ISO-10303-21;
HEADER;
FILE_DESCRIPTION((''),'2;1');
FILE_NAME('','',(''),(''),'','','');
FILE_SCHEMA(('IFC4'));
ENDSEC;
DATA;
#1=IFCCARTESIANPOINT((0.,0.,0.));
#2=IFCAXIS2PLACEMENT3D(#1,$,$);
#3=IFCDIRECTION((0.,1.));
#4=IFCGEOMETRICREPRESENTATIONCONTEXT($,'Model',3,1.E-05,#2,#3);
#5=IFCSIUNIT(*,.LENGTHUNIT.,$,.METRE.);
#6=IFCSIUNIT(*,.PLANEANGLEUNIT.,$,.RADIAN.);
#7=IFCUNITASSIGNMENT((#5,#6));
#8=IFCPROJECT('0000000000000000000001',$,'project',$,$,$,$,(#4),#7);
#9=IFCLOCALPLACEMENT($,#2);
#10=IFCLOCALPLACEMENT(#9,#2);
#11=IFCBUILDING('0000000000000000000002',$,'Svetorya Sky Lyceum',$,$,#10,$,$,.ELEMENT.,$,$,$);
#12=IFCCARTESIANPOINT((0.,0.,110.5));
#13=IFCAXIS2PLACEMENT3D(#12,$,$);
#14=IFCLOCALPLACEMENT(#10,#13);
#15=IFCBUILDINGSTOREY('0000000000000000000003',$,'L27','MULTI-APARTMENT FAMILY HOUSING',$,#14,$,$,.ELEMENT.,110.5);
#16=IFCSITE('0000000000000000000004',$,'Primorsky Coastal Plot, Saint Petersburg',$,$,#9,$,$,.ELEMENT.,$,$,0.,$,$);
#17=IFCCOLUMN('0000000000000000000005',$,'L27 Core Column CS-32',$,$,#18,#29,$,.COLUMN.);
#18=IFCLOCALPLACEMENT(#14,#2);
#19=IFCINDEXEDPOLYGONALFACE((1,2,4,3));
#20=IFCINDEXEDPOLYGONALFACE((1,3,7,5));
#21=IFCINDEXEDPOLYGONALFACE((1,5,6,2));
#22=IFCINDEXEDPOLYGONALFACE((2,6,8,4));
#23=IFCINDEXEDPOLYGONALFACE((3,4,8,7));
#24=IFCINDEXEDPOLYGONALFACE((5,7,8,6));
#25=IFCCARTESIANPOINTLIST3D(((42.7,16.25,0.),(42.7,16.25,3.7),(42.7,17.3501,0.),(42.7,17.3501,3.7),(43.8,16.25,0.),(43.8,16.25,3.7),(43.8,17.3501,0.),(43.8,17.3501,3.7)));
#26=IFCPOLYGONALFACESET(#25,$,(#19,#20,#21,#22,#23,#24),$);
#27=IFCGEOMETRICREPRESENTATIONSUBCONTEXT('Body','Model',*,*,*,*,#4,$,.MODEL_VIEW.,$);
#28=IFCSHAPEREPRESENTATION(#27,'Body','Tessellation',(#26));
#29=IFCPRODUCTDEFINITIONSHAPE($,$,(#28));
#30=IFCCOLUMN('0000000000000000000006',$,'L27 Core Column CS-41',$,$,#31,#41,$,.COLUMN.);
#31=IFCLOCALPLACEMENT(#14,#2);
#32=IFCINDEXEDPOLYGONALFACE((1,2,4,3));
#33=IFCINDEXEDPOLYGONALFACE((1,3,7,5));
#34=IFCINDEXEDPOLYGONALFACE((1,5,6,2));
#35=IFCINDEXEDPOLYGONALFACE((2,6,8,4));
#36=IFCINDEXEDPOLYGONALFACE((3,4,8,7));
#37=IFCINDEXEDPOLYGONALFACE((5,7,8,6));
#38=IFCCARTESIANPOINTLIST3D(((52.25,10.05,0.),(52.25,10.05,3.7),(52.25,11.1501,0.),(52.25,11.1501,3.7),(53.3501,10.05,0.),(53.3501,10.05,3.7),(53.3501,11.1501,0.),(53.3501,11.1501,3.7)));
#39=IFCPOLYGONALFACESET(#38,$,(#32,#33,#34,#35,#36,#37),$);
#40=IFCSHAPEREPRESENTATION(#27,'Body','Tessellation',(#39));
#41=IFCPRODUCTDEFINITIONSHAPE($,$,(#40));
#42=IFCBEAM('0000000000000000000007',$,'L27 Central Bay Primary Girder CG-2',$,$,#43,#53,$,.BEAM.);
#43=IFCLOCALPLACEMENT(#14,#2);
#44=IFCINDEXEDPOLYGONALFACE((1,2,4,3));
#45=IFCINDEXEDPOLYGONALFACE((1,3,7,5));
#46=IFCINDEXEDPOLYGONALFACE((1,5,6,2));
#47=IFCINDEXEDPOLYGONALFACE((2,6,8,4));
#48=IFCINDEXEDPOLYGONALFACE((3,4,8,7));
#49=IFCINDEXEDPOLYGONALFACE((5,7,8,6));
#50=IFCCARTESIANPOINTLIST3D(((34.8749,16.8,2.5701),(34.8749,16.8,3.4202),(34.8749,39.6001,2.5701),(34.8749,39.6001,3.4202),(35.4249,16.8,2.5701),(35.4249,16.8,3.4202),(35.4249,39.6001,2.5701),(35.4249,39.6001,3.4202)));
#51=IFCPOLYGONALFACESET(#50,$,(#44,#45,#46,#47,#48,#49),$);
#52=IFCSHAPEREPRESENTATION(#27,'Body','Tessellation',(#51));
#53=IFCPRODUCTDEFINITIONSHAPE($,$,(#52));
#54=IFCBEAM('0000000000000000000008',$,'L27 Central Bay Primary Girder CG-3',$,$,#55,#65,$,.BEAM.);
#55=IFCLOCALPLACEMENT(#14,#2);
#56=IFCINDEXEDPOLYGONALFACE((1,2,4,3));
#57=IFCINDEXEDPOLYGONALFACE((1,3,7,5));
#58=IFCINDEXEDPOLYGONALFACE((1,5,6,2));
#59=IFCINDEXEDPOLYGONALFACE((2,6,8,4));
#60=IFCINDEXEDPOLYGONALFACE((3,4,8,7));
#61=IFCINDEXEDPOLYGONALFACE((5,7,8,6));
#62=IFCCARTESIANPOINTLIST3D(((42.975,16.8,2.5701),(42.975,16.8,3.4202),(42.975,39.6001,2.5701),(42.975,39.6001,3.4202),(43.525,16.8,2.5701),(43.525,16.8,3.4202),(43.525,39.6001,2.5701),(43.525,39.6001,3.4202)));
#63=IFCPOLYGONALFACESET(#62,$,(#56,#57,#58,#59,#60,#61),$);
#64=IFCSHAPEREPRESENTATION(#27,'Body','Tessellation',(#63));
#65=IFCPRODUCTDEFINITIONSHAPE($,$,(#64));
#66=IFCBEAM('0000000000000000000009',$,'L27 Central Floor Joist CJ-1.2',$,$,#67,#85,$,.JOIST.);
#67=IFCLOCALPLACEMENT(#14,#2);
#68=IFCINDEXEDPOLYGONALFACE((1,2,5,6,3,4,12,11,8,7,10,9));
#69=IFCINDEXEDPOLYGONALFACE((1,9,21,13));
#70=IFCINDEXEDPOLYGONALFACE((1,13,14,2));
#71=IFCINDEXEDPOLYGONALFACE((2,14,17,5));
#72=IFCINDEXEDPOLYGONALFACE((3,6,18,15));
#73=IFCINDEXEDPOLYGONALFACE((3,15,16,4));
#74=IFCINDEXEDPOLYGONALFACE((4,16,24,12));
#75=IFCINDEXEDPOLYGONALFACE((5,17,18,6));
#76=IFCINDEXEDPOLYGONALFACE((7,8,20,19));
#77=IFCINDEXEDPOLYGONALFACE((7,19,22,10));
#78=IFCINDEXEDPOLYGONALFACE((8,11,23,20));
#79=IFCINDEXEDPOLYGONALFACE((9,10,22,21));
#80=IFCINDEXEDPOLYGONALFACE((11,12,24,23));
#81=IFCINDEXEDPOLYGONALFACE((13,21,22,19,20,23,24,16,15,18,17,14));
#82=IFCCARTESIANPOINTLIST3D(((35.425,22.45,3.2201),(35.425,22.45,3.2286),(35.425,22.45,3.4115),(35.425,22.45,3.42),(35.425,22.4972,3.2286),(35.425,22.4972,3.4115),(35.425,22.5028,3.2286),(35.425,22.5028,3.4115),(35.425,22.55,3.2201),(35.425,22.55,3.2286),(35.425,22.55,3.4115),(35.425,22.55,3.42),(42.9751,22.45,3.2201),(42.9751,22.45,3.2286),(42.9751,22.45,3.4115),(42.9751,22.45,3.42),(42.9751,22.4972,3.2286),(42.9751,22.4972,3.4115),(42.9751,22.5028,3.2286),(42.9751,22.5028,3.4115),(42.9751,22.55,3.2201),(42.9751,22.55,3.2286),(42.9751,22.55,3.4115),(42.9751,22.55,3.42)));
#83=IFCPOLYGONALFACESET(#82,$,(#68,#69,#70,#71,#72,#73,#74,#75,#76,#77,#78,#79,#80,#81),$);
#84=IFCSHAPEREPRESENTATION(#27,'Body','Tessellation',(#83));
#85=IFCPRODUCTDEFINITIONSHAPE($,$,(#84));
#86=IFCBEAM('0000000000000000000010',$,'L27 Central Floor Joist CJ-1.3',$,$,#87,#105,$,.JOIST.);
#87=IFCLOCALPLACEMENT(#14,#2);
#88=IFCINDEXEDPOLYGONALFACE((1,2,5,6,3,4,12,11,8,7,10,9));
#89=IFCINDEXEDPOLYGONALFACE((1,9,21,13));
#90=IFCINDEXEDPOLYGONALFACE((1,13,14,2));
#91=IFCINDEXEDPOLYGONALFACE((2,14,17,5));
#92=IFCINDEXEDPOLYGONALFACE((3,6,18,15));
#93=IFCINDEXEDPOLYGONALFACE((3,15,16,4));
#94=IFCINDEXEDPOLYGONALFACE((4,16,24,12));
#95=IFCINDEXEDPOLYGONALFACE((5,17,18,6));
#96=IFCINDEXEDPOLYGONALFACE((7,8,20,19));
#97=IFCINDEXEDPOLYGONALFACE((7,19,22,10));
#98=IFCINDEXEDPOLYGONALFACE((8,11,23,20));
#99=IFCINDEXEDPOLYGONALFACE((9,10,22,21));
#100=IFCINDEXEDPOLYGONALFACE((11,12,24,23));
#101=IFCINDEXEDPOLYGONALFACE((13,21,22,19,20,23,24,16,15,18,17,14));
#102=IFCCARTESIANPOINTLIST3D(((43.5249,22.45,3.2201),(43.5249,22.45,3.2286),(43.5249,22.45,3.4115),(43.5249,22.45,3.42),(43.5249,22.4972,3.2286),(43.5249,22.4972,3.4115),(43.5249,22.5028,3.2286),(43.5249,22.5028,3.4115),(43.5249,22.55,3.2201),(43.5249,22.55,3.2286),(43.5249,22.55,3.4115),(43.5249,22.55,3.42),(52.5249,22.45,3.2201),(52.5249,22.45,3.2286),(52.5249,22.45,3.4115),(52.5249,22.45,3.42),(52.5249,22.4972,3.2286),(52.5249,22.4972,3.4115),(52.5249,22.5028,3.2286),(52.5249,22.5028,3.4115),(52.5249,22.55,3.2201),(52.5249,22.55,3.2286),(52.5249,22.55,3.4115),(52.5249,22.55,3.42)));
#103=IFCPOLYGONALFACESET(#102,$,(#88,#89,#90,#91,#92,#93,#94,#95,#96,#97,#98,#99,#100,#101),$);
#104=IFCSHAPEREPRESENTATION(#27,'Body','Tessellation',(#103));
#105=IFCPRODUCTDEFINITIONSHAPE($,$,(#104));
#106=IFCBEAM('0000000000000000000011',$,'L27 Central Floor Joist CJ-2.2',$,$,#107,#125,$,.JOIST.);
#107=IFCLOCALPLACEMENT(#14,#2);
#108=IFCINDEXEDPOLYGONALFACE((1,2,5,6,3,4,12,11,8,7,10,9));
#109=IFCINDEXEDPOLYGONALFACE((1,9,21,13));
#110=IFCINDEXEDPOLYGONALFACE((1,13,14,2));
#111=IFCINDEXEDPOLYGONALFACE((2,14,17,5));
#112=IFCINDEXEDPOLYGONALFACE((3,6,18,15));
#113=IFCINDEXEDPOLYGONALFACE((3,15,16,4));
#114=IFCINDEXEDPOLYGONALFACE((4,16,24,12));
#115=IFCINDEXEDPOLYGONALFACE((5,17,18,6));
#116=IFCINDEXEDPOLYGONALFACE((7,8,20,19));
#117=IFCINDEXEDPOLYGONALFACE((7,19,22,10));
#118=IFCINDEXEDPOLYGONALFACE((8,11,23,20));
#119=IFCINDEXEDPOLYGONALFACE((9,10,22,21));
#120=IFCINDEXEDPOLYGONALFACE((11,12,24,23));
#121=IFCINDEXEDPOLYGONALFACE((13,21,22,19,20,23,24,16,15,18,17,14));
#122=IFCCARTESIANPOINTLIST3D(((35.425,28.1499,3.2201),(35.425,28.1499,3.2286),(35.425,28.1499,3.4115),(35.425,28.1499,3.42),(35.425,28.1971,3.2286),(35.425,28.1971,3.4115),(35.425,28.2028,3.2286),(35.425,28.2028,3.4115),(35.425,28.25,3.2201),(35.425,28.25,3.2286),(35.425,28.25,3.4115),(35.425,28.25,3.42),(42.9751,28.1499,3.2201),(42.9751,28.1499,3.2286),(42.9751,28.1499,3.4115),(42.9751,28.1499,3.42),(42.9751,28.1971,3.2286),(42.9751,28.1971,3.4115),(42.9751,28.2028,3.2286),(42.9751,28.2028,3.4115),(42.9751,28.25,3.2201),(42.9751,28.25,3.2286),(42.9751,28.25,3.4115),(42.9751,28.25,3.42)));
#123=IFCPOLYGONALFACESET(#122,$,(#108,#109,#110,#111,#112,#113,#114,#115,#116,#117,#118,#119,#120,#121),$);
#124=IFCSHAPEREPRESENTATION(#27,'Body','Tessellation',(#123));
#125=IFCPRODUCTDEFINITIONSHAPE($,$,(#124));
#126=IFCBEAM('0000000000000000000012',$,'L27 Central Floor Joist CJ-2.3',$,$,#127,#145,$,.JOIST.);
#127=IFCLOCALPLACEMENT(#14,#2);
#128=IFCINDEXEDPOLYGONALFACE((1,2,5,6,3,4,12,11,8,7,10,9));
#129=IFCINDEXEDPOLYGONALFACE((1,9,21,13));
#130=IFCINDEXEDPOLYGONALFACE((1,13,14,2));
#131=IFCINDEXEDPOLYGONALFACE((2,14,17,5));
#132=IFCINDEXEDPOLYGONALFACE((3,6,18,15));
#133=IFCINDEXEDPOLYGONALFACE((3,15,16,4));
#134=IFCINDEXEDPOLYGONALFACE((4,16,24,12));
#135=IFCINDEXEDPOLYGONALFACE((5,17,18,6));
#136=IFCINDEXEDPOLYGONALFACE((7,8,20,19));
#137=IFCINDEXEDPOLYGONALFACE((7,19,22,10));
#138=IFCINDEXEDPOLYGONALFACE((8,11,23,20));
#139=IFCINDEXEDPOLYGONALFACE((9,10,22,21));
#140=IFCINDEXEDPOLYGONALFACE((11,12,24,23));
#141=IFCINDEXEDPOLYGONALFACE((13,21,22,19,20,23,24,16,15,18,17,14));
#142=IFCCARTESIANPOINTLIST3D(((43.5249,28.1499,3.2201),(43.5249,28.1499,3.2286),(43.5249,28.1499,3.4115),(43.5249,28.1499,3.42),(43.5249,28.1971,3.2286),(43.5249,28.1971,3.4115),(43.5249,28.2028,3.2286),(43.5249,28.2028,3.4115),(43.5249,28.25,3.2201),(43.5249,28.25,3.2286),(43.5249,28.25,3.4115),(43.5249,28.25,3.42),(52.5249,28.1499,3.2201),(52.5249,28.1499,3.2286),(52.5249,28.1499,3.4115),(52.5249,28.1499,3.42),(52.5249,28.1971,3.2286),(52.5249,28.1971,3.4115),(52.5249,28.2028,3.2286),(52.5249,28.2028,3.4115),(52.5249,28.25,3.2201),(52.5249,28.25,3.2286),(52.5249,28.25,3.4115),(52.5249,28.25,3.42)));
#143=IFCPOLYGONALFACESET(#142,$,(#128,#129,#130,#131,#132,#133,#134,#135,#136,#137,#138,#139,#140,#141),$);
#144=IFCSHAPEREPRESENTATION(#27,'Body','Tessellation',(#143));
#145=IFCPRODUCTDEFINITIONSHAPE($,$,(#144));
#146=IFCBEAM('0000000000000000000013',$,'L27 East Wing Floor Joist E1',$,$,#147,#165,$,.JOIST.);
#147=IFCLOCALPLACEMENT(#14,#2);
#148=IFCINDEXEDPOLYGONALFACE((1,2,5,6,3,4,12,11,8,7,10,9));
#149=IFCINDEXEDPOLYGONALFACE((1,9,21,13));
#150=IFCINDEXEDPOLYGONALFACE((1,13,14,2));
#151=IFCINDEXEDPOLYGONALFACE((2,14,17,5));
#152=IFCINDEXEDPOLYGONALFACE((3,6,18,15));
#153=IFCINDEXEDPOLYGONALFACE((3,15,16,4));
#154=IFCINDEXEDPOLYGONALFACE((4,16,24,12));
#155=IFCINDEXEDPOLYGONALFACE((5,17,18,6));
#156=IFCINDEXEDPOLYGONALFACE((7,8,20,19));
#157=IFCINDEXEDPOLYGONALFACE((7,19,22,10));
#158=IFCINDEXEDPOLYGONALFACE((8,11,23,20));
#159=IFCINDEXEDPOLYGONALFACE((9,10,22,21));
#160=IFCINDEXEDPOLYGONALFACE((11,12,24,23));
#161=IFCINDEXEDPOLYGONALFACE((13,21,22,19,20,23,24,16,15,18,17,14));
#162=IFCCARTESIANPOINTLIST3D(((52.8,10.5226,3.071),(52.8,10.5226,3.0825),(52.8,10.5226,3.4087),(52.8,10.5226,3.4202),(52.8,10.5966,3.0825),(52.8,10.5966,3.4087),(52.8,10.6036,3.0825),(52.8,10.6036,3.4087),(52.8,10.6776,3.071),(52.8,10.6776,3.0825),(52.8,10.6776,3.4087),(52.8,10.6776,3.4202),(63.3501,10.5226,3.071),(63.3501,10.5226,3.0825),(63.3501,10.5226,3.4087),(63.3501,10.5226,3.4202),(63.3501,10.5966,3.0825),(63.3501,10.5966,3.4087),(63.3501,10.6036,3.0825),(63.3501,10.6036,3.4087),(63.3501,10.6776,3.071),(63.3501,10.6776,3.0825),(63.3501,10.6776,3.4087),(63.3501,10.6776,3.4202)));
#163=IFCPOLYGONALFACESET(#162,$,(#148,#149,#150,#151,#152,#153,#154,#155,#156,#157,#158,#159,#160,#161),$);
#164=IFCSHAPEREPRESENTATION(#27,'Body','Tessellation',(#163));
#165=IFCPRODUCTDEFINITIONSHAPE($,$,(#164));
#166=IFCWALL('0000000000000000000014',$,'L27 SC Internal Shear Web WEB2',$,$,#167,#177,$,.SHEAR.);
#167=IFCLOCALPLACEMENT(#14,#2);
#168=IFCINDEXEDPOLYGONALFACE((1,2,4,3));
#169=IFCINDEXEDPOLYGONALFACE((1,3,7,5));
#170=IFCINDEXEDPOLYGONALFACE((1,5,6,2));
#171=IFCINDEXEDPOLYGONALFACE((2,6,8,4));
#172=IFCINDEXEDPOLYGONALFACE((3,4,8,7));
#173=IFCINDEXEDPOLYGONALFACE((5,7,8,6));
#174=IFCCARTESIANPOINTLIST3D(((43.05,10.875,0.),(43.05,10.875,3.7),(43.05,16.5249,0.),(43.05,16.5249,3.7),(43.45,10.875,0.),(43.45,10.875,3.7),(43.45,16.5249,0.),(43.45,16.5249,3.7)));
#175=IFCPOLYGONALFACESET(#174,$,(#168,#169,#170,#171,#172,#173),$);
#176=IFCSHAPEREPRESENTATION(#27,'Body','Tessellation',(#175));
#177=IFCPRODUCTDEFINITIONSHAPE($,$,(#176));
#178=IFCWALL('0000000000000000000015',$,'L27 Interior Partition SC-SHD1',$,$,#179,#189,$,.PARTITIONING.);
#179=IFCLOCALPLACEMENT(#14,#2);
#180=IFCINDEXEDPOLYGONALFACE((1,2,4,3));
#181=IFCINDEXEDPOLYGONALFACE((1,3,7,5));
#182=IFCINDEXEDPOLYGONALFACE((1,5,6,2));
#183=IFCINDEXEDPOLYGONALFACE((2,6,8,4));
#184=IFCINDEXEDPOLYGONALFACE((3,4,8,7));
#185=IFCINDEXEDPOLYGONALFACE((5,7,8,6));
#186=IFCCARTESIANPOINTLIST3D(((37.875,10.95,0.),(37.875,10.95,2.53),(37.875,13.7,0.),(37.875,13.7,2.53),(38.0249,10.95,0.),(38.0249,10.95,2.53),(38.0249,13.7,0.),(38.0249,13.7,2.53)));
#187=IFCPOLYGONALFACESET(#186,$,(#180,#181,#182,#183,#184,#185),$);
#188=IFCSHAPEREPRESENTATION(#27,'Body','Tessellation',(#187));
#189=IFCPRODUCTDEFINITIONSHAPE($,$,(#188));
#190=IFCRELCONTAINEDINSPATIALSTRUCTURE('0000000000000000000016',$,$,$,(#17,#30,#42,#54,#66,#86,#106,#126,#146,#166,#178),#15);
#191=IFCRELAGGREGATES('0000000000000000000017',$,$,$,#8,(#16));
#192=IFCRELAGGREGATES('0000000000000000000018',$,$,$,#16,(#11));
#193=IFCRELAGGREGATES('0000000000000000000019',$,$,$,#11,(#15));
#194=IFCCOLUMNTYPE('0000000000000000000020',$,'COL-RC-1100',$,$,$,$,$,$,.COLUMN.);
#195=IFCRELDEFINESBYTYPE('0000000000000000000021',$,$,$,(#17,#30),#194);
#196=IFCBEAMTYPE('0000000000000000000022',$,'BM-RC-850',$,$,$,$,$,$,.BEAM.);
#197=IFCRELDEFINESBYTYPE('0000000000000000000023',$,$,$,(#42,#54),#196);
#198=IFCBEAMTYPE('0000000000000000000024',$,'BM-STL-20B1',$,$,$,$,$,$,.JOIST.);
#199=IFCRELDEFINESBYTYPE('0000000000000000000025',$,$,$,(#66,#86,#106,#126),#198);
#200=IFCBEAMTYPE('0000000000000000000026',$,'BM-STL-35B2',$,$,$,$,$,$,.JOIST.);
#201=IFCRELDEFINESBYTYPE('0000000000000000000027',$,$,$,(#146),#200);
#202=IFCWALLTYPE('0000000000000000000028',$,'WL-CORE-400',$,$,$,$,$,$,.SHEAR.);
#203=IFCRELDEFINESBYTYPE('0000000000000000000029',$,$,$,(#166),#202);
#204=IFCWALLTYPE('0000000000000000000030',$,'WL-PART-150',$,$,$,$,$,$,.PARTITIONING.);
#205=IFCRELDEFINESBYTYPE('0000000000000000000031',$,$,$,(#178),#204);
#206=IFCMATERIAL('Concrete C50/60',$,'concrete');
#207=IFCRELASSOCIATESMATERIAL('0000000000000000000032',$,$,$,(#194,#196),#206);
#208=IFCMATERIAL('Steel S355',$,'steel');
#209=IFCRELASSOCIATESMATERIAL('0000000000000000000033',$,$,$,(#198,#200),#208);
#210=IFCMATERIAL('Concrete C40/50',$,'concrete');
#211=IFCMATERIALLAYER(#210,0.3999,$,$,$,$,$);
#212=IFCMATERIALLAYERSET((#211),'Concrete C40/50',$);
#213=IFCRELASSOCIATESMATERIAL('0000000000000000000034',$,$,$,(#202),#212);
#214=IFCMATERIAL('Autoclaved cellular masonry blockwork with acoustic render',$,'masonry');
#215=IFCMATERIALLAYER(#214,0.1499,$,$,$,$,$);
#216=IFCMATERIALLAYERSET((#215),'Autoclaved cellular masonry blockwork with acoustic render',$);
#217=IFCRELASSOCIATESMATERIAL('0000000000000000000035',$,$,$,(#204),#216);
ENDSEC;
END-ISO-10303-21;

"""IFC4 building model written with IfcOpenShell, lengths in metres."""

from ifc_helpers import new_model, si_unit, direction, frame, frame_2d, origin, origin_2d, place, context, subcontext, project, spatial, rectangle, i_section, extrude, material, layer, layer_set, material_profile, profile_set, type_object, element, save


model = new_model("IFC4")

# Units and contexts
model_context = context("Model", 3, precision=1e-05, world=origin(), true_north=direction((0.0, 1.0)))
body_context = subcontext(model_context, "Body", "Model", "MODEL_VIEW")
ifc_project = project(units=[si_unit("LENGTHUNIT", "METRE"), si_unit("PLANEANGLEUNIT", "RADIAN")], contexts=[model_context])

# Site, building, storey
site_placement = place(None, origin())
site = spatial("IfcSite", under=ifc_project, at=site_placement, Name="Primorsky Coastal Plot, Saint Petersburg", CompositionType="ELEMENT", RefElevation=0.0)
building_placement = place(site_placement, origin())
building = spatial("IfcBuilding", under=site, at=building_placement, Name="Svetorya Sky Lyceum", CompositionType="ELEMENT")
storey_placement = place(building_placement, frame((0.0, 0.0, 110.5)))
storey = spatial("IfcBuildingStorey", under=building, at=storey_placement, Name="L27", Description="MULTI-APARTMENT FAMILY HOUSING", CompositionType="ELEMENT", Elevation=110.5)

# Columns
ifc_material_1 = material(Name="Concrete C50/60", Category="concrete")
ifc_material_profile_1 = material_profile(ifc_material_1, rectangle(XDim=1.1001, YDim=1.1001, at=origin_2d()), Name="RC COL 1100x1100")
ifc_profile_set_1 = profile_set([ifc_material_profile_1], Name="Concrete C50/60")
column_type = type_object("IfcColumnType", Name="COL-RC-1100", PredefinedType="COLUMN", material=ifc_profile_set_1)
for number, where, z_axis, x_axis, name in (
    (1, (43.25, 16.8, 0.0), (0.0, 0.0, 1.0), (1.0, 0.0, 0.0), "L27 Core Column CS-32"),
    (2, (52.8, 10.6001, 0.0), (0.0, 0.0, 1.0), (1.0, 0.0, 0.0), "L27 Core Column CS-41"),
):
    element("IfcColumn", number, at=place(storey_placement, frame(where, z_axis=z_axis, x_axis=x_axis)), inside=storey, type_object=column_type, Name=name, PredefinedType="COLUMN", context=body_context, shape_type="SweptSolid", body=[
        extrude(rectangle(XDim=1.1001, YDim=1.1001, at=origin_2d()), origin(), (0.0, 0.0, 1.0), 3.7),
    ])

# Beams
ifc_material_profile_2 = material_profile(ifc_material_1, rectangle(XDim=0.55, YDim=0.8501, at=origin_2d()), Name="RC BEAM 550x850")
ifc_profile_set_2 = profile_set([ifc_material_profile_2], Name="Concrete C50/60")
beam_type_1 = type_object("IfcBeamType", Name="BM-RC-850", PredefinedType="BEAM", material=ifc_profile_set_2)
for number, where, z_axis, x_axis, name in (
    (3, (35.1499, 16.8, 2.9951), (0.0, 1.0, 0.0), (-1.0, 0.0, 0.0), "L27 Central Bay Primary Girder CG-2"),
    (4, (43.25, 16.8, 2.9951), (0.0, 1.0, 0.0), (-1.0, 0.0, 0.0), "L27 Central Bay Primary Girder CG-3"),
):
    element("IfcBeam", number, at=place(storey_placement, frame(where, z_axis=z_axis, x_axis=x_axis)), inside=storey, type_object=beam_type_1, Name=name, PredefinedType="BEAM", context=body_context, shape_type="SweptSolid", body=[
        extrude(rectangle(XDim=0.55, YDim=0.8501, at=origin_2d()), origin(), (0.0, 0.0, 1.0), 22.8),
    ])
ifc_material_2 = material(Name="Steel S355", Category="steel")
ifc_material_profile_3 = material_profile(ifc_material_2, i_section(OverallWidth=0.1001, OverallDepth=0.2, WebThickness=0.0056, FlangeThickness=0.0085, at=origin_2d()), Name="GOST 20B1")
ifc_profile_set_3 = profile_set([ifc_material_profile_3], Name="Steel S355")
beam_type_2 = type_object("IfcBeamType", Name="BM-STL-20B1", PredefinedType="JOIST", material=ifc_profile_set_3)
beam_1_placement = place(storey_placement, frame((35.425, 22.5, 3.3201), z_axis=(1.0, 0.0, 0.0), x_axis=(0.0, 1.0, 0.0)))
element("IfcBeam", 5, at=beam_1_placement, inside=storey, type_object=beam_type_2, Name="L27 Central Floor Joist CJ-1.2", PredefinedType="JOIST", context=body_context, shape_type="SweptSolid", body=[
    extrude(i_section(OverallWidth=0.1001, OverallDepth=0.2, WebThickness=0.0056, FlangeThickness=0.0085, at=origin_2d()), origin(), (0.0, 0.0, 1.0), 7.55),
])
beam_2_placement = place(storey_placement, frame((43.5249, 22.5, 3.3201), z_axis=(1.0, 0.0, 0.0), x_axis=(0.0, 1.0, 0.0)))
element("IfcBeam", 6, at=beam_2_placement, inside=storey, type_object=beam_type_2, Name="L27 Central Floor Joist CJ-1.3", PredefinedType="JOIST", context=body_context, shape_type="SweptSolid", body=[
    extrude(i_section(OverallWidth=0.1001, OverallDepth=0.2, WebThickness=0.0056, FlangeThickness=0.0085, at=origin_2d()), origin(), (0.0, 0.0, 1.0), 9.0),
])
beam_3_placement = place(storey_placement, frame((35.425, 28.2, 3.3201), z_axis=(1.0, 0.0, 0.0), x_axis=(0.0, 1.0, 0.0)))
element("IfcBeam", 7, at=beam_3_placement, inside=storey, type_object=beam_type_2, Name="L27 Central Floor Joist CJ-2.2", PredefinedType="JOIST", context=body_context, shape_type="SweptSolid", body=[
    extrude(i_section(OverallWidth=0.1001, OverallDepth=0.2, WebThickness=0.0056, FlangeThickness=0.0085, at=origin_2d()), origin(), (0.0, 0.0, 1.0), 7.55),
])
beam_4_placement = place(storey_placement, frame((43.5249, 28.2, 3.3201), z_axis=(1.0, 0.0, 0.0), x_axis=(0.0, 1.0, 0.0)))
element("IfcBeam", 8, at=beam_4_placement, inside=storey, type_object=beam_type_2, Name="L27 Central Floor Joist CJ-2.3", PredefinedType="JOIST", context=body_context, shape_type="SweptSolid", body=[
    extrude(i_section(OverallWidth=0.1001, OverallDepth=0.2, WebThickness=0.0056, FlangeThickness=0.0085, at=origin_2d()), origin(), (0.0, 0.0, 1.0), 9.0),
])
ifc_material_profile_4 = material_profile(ifc_material_2, i_section(OverallWidth=0.155, OverallDepth=0.3491, WebThickness=0.0071, FlangeThickness=0.0115, at=origin_2d()), Name="GOST 35B2")
ifc_profile_set_4 = profile_set([ifc_material_profile_4], Name="Steel S355")
beam_type_3 = type_object("IfcBeamType", Name="BM-STL-35B2", PredefinedType="JOIST", material=ifc_profile_set_4)
beam_5_placement = place(storey_placement, frame((52.8, 10.6001, 3.2456), z_axis=(1.0, 0.0, 0.0), x_axis=(0.0, 1.0, 0.0)))
element("IfcBeam", 9, at=beam_5_placement, inside=storey, type_object=beam_type_3, Name="L27 East Wing Floor Joist E1", PredefinedType="JOIST", context=body_context, shape_type="SweptSolid", body=[
    extrude(i_section(OverallWidth=0.155, OverallDepth=0.3491, WebThickness=0.0071, FlangeThickness=0.0115, at=origin_2d()), origin(), (0.0, 0.0, 1.0), 10.55),
])

# Walls
ifc_material_3 = material(Name="Concrete C40/50", Category="concrete")
ifc_layer_1 = layer(ifc_material_3, 0.3999)
ifc_layer_set_1 = layer_set([ifc_layer_1], Name="Concrete C40/50")
wall_type_1 = type_object("IfcWallType", Name="WL-CORE-400", PredefinedType="SHEAR", material=ifc_layer_set_1)
wall_1_placement = place(storey_placement, frame((43.25, 10.875, 0.0), z_axis=(0.0, 0.0, 1.0), x_axis=(0.0, 1.0, 0.0)))
element("IfcWall", 10, at=wall_1_placement, inside=storey, type_object=wall_type_1, Name="L27 SC Internal Shear Web WEB2", PredefinedType="SHEAR", context=body_context, shape_type="SweptSolid", body=[
    extrude(rectangle(XDim=5.6499, YDim=0.3999, at=frame_2d((2.825, 0.0))), origin(), (0.0, 0.0, 1.0), 3.7),
])
ifc_material_4 = material(Name="Autoclaved cellular masonry blockwork with acoustic render", Category="masonry")
ifc_layer_2 = layer(ifc_material_4, 0.1499)
ifc_layer_set_2 = layer_set([ifc_layer_2], Name="Autoclaved cellular masonry blockwork with acoustic render")
wall_type_2 = type_object("IfcWallType", Name="WL-PART-150", PredefinedType="PARTITIONING", material=ifc_layer_set_2)
for number, where, z_axis, x_axis, name in (
    (11, (37.95, 10.95, 0.0), (0.0, 0.0, 1.0), (0.0, 1.0, 0.0), "L27 Interior Partition SC-SHD1"),
):
    element("IfcWall", number, at=place(storey_placement, frame(where, z_axis=z_axis, x_axis=x_axis)), inside=storey, type_object=wall_type_2, Name=name, PredefinedType="PARTITIONING", context=body_context, shape_type="SweptSolid", body=[
        extrude(rectangle(XDim=2.75, YDim=0.1499, at=frame_2d((1.375, 0.0))), origin(), (0.0, 0.0, 1.0), 2.53),
    ])

save(model, "model.ifc")
